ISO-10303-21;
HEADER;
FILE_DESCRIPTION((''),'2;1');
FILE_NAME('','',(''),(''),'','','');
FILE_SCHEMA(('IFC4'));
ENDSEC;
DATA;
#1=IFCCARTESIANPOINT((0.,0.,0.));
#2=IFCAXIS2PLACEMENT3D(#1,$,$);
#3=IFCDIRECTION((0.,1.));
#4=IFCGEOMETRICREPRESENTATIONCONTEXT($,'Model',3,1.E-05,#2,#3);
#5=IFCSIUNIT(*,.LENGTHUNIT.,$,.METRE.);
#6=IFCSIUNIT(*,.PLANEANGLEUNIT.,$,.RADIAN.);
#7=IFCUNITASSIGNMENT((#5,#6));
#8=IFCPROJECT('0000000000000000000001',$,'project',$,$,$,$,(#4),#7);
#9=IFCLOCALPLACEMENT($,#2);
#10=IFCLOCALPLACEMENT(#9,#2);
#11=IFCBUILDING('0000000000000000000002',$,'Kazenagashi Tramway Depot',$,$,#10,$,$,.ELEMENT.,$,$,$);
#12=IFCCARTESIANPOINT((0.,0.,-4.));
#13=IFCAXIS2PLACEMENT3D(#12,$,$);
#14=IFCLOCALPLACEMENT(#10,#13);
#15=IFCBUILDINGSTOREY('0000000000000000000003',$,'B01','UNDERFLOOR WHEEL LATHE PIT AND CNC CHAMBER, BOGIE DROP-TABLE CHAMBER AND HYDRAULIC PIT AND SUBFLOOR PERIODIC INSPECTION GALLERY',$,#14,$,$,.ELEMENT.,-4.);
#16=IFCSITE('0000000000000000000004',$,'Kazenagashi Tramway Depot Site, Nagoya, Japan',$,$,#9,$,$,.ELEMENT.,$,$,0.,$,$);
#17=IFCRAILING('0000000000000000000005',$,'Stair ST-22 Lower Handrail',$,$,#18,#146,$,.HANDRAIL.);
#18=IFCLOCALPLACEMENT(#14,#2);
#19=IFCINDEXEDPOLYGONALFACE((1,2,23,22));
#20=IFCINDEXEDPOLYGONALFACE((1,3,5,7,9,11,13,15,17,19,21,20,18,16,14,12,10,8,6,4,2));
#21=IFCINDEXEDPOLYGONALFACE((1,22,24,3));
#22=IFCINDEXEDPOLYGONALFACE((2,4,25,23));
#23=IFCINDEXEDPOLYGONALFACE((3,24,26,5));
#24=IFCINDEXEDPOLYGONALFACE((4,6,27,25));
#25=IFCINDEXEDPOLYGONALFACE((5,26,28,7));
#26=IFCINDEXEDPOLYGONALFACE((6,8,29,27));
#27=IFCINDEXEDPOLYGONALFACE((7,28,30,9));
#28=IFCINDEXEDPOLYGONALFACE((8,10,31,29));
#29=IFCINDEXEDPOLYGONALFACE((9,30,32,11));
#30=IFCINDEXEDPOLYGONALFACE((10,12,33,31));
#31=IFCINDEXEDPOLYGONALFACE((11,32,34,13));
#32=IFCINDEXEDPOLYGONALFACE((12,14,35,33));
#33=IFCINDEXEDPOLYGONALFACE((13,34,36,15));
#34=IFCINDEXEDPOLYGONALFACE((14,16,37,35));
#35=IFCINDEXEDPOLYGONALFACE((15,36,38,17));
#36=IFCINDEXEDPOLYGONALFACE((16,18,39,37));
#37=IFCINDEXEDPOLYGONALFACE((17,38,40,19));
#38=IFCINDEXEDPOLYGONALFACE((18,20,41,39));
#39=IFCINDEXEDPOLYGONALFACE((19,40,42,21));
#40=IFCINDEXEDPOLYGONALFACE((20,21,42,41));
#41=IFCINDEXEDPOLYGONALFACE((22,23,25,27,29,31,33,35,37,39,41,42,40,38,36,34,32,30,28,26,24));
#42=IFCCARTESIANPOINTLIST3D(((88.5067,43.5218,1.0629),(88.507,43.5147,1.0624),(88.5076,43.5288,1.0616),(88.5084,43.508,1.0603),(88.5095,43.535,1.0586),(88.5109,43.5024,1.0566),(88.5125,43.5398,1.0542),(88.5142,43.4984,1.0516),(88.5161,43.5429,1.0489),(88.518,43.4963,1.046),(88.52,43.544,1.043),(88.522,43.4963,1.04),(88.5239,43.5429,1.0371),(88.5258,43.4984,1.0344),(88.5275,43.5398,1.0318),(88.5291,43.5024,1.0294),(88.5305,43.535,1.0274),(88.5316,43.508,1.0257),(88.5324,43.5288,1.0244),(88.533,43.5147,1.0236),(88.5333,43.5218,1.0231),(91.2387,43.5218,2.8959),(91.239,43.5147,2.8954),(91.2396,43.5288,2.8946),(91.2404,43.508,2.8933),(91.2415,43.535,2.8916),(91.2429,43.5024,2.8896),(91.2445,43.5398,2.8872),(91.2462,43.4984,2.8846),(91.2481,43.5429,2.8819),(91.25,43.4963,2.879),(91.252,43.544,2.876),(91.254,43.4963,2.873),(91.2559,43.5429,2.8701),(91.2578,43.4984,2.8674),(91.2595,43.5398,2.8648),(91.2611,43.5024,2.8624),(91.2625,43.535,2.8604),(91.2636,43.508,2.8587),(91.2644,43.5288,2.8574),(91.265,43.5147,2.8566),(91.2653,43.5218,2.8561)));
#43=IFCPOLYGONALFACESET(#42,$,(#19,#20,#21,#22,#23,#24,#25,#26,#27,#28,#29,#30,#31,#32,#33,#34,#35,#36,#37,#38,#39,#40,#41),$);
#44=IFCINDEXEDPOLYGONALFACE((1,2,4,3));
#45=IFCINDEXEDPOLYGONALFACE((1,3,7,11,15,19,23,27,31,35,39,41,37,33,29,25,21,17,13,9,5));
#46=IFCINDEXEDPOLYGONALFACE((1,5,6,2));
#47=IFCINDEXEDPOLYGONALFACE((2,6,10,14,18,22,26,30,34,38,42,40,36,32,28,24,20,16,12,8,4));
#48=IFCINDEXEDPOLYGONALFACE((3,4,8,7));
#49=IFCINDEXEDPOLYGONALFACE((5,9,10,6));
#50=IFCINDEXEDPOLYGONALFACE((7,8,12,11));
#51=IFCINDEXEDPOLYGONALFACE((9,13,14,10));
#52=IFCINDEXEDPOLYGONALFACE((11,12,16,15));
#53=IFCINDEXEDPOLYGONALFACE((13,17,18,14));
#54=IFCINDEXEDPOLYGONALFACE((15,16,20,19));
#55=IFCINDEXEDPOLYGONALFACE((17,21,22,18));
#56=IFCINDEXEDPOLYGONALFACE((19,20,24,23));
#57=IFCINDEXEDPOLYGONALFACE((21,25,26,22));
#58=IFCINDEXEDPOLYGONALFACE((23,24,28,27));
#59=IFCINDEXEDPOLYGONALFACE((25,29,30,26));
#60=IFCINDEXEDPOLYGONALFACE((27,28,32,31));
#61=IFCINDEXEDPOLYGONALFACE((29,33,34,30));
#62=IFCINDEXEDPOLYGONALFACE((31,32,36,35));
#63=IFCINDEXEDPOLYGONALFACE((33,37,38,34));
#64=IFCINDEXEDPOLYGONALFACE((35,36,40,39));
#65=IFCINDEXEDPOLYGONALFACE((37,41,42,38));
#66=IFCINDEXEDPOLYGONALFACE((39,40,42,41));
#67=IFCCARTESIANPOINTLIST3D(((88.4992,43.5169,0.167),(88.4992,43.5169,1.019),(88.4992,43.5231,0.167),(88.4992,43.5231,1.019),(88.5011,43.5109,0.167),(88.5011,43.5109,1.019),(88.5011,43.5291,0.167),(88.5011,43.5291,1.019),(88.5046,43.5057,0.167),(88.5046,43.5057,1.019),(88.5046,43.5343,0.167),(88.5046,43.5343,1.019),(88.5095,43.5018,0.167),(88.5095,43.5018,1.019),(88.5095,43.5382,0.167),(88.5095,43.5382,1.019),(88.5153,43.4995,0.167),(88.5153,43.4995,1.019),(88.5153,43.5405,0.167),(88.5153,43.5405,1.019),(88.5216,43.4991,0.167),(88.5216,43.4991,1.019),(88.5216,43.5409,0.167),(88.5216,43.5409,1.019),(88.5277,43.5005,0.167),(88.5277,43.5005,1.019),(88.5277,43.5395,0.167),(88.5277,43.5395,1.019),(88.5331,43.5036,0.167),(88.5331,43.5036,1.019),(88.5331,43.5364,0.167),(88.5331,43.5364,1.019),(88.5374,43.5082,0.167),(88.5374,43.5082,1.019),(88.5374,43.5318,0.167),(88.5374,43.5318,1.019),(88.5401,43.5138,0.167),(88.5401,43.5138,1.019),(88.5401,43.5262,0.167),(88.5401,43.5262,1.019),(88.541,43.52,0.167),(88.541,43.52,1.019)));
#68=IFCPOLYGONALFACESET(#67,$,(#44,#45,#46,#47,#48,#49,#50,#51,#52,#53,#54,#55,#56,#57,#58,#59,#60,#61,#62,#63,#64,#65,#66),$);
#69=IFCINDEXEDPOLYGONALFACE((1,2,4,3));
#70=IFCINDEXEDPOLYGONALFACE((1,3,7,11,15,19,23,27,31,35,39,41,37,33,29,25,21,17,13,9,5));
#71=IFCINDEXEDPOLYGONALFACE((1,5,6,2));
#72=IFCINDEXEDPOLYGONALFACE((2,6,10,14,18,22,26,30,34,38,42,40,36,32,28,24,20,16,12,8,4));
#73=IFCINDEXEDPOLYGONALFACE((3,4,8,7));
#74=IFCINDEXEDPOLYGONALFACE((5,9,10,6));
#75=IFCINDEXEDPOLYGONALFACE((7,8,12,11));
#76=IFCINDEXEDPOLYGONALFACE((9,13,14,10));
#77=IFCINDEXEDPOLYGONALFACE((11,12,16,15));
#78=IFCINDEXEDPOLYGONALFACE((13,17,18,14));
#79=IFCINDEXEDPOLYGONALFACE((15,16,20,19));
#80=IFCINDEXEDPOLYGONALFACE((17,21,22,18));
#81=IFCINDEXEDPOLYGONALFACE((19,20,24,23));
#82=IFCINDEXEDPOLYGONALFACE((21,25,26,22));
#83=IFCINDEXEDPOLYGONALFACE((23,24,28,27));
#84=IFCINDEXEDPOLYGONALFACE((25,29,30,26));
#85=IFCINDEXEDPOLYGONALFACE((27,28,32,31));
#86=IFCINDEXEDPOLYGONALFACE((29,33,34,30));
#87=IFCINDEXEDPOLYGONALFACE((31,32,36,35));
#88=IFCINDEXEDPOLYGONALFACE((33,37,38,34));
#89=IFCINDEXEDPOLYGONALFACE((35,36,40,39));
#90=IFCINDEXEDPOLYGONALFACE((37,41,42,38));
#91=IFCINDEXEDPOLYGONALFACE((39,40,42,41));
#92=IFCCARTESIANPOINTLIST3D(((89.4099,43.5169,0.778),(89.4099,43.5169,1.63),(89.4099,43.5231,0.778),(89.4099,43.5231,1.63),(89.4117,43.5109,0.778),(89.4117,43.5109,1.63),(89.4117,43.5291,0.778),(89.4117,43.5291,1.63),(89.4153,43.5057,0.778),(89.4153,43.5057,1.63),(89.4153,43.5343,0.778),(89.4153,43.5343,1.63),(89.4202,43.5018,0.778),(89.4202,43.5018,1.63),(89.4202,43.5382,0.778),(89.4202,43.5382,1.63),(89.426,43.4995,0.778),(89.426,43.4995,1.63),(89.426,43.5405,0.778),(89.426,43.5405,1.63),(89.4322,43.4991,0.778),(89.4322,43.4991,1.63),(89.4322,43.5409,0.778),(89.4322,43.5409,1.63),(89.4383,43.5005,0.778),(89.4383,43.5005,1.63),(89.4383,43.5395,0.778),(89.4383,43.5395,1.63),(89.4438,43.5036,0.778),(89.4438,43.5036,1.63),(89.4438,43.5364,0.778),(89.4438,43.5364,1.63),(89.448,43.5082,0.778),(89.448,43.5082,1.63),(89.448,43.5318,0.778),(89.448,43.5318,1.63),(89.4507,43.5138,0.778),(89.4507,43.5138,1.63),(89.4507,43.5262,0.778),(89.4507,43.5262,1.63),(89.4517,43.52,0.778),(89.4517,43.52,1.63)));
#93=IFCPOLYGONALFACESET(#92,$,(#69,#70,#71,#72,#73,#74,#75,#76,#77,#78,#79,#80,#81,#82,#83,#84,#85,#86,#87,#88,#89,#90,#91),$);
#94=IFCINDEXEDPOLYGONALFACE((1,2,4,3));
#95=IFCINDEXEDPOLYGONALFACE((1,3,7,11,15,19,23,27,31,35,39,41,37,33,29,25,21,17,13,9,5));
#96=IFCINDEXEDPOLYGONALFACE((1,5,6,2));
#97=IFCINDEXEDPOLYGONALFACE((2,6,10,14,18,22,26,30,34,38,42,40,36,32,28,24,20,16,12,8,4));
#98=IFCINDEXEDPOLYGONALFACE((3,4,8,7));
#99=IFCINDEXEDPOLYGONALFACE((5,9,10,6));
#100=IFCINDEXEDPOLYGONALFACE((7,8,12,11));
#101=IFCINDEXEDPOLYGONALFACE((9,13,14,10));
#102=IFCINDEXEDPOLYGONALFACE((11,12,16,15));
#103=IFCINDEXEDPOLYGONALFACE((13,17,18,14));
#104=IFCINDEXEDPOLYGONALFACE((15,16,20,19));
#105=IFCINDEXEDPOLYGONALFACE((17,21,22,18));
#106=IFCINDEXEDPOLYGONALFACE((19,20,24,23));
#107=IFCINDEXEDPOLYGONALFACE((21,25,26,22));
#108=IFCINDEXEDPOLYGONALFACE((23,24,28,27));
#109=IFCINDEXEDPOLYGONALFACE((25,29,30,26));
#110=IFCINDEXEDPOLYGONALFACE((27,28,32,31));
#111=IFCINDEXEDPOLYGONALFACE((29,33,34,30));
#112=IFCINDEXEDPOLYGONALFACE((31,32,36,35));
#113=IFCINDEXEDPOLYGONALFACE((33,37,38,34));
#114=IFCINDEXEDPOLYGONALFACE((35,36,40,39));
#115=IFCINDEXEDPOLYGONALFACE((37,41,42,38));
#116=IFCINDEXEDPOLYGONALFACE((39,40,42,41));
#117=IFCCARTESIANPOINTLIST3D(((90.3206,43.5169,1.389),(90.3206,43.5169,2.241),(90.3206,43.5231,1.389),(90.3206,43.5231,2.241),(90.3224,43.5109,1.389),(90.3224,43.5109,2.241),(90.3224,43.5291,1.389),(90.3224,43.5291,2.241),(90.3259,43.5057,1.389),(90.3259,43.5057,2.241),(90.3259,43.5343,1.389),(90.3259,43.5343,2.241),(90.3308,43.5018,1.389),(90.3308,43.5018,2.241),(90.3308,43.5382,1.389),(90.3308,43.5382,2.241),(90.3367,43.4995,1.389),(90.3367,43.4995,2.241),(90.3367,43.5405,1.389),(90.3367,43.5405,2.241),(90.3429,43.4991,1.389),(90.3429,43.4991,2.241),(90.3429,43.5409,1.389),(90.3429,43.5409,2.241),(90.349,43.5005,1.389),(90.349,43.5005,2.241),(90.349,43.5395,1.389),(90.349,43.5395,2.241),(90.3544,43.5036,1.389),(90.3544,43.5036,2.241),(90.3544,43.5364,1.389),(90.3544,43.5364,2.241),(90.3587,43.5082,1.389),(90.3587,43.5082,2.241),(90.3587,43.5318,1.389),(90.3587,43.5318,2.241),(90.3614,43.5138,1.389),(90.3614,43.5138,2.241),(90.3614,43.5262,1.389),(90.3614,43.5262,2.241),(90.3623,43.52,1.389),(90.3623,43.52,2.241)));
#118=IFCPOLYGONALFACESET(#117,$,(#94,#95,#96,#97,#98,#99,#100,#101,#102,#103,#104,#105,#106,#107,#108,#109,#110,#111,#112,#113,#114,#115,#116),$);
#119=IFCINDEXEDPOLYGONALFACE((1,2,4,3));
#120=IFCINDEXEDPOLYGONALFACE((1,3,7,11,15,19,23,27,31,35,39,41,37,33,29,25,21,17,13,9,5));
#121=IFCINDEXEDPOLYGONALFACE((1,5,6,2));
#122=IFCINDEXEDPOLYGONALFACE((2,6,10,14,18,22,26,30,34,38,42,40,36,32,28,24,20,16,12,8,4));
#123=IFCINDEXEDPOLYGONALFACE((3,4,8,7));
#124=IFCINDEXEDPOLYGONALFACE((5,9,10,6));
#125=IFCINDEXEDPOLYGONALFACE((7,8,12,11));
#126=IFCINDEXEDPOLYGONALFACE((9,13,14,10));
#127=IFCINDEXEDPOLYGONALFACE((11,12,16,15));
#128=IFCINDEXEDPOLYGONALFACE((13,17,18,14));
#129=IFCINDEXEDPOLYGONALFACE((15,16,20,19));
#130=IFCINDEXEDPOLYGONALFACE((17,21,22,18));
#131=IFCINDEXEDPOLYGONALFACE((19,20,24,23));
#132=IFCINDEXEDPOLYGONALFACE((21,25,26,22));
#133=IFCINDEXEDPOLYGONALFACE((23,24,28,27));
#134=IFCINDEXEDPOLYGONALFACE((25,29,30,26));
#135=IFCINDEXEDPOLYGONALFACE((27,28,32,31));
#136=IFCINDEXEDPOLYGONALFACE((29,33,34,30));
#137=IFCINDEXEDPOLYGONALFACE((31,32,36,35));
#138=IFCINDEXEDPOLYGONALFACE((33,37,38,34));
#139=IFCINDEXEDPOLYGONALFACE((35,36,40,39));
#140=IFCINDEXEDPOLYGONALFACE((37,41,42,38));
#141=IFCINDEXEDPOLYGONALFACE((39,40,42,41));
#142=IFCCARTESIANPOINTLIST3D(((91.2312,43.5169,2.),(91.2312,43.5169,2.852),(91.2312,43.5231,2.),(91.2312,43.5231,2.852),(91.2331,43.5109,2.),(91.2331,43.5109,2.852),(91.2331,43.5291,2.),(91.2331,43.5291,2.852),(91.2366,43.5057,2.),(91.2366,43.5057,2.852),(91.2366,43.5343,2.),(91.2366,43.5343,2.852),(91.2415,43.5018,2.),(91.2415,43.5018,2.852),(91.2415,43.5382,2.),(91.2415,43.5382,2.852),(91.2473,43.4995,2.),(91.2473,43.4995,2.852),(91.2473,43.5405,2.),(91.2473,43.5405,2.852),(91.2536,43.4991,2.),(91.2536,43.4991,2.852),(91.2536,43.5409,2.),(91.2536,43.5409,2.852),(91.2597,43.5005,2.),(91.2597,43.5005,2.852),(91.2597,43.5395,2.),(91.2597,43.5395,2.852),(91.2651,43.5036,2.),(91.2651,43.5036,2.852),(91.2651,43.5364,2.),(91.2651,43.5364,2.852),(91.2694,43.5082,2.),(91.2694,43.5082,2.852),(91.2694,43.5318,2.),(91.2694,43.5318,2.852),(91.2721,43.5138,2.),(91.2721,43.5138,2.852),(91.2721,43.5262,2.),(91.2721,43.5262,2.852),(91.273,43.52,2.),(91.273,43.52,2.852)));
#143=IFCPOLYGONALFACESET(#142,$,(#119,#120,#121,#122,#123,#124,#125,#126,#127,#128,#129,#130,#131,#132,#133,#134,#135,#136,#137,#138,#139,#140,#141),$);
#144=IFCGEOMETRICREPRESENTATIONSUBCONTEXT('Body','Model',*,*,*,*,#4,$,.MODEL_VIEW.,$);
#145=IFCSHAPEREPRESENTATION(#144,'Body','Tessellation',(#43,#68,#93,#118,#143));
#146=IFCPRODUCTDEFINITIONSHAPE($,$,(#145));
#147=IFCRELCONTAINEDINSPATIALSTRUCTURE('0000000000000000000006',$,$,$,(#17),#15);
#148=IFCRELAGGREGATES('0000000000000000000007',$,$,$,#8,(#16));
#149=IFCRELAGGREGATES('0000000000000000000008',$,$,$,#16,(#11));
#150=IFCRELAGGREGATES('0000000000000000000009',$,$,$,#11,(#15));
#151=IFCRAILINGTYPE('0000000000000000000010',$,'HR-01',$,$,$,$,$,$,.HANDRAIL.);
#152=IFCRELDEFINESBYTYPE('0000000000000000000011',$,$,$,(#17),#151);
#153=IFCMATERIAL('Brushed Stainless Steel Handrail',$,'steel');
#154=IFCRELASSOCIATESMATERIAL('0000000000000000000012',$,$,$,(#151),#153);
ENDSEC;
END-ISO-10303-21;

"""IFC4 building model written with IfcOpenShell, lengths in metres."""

from ifc_helpers import new_model, si_unit, direction, frame, origin, origin_2d, place, context, subcontext, project, spatial, circle, extrude, material, type_object, element, save


model = new_model("IFC4")

# Units and contexts
model_context = context("Model", 3, precision=1e-05, world=origin(), true_north=direction((0.0, 1.0)))
body_context = subcontext(model_context, "Body", "Model", "MODEL_VIEW")
ifc_project = project(units=[si_unit("LENGTHUNIT", "METRE"), si_unit("PLANEANGLEUNIT", "RADIAN")], contexts=[model_context])

# Site, building, storey
site_placement = place(None, origin())
site = spatial("IfcSite", under=ifc_project, at=site_placement, Name="Kazenagashi Tramway Depot Site, Nagoya, Japan", CompositionType="ELEMENT", RefElevation=0.0)
building_placement = place(site_placement, origin())
building = spatial("IfcBuilding", under=site, at=building_placement, Name="Kazenagashi Tramway Depot", CompositionType="ELEMENT")
storey_placement = place(building_placement, frame((0.0, 0.0, -4.0)))
storey = spatial("IfcBuildingStorey", under=building, at=storey_placement, Name="B01", Description="UNDERFLOOR WHEEL LATHE PIT AND CNC CHAMBER, BOGIE DROP-TABLE CHAMBER AND HYDRAULIC PIT AND SUBFLOOR PERIODIC INSPECTION GALLERY", CompositionType="ELEMENT", Elevation=-4.0)

# Railing
ifc_material_1 = material(Name="Brushed Stainless Steel Handrail", Category="steel")
railing_type = type_object("IfcRailingType", Name="HR-01", PredefinedType="HANDRAIL", material=ifc_material_1)
railing_1_placement = place(storey_placement, frame((88.52, 43.52, 0.167)))
element("IfcRailing", 1, at=railing_1_placement, inside=storey, type_object=railing_type, Name="Stair ST-22 Lower Handrail", PredefinedType="HANDRAIL", context=body_context, shape_type="SweptSolid", body=[
    extrude(circle(Radius=0.024, at=origin_2d()), frame((0.0, 0.0, 0.876), z_axis=(0.83041, 0.0, 0.557153), x_axis=(0.0, 1.0, 0.0)), (0.0, 0.0, 1.0), 3.2899),
    extrude(circle(Radius=0.021, at=origin_2d()), origin(), (0.0, 0.0, 1.0), 0.852),
    extrude(circle(Radius=0.021, at=origin_2d()), frame((0.9107, 0.0, 0.611)), (0.0, 0.0, 1.0), 0.852),
    extrude(circle(Radius=0.021, at=origin_2d()), frame((1.8213, 0.0, 1.222)), (0.0, 0.0, 1.0), 0.852),
    extrude(circle(Radius=0.021, at=origin_2d()), frame((2.732, 0.0, 1.833)), (0.0, 0.0, 1.0), 0.852),
])

save(model, "model.ifc")
